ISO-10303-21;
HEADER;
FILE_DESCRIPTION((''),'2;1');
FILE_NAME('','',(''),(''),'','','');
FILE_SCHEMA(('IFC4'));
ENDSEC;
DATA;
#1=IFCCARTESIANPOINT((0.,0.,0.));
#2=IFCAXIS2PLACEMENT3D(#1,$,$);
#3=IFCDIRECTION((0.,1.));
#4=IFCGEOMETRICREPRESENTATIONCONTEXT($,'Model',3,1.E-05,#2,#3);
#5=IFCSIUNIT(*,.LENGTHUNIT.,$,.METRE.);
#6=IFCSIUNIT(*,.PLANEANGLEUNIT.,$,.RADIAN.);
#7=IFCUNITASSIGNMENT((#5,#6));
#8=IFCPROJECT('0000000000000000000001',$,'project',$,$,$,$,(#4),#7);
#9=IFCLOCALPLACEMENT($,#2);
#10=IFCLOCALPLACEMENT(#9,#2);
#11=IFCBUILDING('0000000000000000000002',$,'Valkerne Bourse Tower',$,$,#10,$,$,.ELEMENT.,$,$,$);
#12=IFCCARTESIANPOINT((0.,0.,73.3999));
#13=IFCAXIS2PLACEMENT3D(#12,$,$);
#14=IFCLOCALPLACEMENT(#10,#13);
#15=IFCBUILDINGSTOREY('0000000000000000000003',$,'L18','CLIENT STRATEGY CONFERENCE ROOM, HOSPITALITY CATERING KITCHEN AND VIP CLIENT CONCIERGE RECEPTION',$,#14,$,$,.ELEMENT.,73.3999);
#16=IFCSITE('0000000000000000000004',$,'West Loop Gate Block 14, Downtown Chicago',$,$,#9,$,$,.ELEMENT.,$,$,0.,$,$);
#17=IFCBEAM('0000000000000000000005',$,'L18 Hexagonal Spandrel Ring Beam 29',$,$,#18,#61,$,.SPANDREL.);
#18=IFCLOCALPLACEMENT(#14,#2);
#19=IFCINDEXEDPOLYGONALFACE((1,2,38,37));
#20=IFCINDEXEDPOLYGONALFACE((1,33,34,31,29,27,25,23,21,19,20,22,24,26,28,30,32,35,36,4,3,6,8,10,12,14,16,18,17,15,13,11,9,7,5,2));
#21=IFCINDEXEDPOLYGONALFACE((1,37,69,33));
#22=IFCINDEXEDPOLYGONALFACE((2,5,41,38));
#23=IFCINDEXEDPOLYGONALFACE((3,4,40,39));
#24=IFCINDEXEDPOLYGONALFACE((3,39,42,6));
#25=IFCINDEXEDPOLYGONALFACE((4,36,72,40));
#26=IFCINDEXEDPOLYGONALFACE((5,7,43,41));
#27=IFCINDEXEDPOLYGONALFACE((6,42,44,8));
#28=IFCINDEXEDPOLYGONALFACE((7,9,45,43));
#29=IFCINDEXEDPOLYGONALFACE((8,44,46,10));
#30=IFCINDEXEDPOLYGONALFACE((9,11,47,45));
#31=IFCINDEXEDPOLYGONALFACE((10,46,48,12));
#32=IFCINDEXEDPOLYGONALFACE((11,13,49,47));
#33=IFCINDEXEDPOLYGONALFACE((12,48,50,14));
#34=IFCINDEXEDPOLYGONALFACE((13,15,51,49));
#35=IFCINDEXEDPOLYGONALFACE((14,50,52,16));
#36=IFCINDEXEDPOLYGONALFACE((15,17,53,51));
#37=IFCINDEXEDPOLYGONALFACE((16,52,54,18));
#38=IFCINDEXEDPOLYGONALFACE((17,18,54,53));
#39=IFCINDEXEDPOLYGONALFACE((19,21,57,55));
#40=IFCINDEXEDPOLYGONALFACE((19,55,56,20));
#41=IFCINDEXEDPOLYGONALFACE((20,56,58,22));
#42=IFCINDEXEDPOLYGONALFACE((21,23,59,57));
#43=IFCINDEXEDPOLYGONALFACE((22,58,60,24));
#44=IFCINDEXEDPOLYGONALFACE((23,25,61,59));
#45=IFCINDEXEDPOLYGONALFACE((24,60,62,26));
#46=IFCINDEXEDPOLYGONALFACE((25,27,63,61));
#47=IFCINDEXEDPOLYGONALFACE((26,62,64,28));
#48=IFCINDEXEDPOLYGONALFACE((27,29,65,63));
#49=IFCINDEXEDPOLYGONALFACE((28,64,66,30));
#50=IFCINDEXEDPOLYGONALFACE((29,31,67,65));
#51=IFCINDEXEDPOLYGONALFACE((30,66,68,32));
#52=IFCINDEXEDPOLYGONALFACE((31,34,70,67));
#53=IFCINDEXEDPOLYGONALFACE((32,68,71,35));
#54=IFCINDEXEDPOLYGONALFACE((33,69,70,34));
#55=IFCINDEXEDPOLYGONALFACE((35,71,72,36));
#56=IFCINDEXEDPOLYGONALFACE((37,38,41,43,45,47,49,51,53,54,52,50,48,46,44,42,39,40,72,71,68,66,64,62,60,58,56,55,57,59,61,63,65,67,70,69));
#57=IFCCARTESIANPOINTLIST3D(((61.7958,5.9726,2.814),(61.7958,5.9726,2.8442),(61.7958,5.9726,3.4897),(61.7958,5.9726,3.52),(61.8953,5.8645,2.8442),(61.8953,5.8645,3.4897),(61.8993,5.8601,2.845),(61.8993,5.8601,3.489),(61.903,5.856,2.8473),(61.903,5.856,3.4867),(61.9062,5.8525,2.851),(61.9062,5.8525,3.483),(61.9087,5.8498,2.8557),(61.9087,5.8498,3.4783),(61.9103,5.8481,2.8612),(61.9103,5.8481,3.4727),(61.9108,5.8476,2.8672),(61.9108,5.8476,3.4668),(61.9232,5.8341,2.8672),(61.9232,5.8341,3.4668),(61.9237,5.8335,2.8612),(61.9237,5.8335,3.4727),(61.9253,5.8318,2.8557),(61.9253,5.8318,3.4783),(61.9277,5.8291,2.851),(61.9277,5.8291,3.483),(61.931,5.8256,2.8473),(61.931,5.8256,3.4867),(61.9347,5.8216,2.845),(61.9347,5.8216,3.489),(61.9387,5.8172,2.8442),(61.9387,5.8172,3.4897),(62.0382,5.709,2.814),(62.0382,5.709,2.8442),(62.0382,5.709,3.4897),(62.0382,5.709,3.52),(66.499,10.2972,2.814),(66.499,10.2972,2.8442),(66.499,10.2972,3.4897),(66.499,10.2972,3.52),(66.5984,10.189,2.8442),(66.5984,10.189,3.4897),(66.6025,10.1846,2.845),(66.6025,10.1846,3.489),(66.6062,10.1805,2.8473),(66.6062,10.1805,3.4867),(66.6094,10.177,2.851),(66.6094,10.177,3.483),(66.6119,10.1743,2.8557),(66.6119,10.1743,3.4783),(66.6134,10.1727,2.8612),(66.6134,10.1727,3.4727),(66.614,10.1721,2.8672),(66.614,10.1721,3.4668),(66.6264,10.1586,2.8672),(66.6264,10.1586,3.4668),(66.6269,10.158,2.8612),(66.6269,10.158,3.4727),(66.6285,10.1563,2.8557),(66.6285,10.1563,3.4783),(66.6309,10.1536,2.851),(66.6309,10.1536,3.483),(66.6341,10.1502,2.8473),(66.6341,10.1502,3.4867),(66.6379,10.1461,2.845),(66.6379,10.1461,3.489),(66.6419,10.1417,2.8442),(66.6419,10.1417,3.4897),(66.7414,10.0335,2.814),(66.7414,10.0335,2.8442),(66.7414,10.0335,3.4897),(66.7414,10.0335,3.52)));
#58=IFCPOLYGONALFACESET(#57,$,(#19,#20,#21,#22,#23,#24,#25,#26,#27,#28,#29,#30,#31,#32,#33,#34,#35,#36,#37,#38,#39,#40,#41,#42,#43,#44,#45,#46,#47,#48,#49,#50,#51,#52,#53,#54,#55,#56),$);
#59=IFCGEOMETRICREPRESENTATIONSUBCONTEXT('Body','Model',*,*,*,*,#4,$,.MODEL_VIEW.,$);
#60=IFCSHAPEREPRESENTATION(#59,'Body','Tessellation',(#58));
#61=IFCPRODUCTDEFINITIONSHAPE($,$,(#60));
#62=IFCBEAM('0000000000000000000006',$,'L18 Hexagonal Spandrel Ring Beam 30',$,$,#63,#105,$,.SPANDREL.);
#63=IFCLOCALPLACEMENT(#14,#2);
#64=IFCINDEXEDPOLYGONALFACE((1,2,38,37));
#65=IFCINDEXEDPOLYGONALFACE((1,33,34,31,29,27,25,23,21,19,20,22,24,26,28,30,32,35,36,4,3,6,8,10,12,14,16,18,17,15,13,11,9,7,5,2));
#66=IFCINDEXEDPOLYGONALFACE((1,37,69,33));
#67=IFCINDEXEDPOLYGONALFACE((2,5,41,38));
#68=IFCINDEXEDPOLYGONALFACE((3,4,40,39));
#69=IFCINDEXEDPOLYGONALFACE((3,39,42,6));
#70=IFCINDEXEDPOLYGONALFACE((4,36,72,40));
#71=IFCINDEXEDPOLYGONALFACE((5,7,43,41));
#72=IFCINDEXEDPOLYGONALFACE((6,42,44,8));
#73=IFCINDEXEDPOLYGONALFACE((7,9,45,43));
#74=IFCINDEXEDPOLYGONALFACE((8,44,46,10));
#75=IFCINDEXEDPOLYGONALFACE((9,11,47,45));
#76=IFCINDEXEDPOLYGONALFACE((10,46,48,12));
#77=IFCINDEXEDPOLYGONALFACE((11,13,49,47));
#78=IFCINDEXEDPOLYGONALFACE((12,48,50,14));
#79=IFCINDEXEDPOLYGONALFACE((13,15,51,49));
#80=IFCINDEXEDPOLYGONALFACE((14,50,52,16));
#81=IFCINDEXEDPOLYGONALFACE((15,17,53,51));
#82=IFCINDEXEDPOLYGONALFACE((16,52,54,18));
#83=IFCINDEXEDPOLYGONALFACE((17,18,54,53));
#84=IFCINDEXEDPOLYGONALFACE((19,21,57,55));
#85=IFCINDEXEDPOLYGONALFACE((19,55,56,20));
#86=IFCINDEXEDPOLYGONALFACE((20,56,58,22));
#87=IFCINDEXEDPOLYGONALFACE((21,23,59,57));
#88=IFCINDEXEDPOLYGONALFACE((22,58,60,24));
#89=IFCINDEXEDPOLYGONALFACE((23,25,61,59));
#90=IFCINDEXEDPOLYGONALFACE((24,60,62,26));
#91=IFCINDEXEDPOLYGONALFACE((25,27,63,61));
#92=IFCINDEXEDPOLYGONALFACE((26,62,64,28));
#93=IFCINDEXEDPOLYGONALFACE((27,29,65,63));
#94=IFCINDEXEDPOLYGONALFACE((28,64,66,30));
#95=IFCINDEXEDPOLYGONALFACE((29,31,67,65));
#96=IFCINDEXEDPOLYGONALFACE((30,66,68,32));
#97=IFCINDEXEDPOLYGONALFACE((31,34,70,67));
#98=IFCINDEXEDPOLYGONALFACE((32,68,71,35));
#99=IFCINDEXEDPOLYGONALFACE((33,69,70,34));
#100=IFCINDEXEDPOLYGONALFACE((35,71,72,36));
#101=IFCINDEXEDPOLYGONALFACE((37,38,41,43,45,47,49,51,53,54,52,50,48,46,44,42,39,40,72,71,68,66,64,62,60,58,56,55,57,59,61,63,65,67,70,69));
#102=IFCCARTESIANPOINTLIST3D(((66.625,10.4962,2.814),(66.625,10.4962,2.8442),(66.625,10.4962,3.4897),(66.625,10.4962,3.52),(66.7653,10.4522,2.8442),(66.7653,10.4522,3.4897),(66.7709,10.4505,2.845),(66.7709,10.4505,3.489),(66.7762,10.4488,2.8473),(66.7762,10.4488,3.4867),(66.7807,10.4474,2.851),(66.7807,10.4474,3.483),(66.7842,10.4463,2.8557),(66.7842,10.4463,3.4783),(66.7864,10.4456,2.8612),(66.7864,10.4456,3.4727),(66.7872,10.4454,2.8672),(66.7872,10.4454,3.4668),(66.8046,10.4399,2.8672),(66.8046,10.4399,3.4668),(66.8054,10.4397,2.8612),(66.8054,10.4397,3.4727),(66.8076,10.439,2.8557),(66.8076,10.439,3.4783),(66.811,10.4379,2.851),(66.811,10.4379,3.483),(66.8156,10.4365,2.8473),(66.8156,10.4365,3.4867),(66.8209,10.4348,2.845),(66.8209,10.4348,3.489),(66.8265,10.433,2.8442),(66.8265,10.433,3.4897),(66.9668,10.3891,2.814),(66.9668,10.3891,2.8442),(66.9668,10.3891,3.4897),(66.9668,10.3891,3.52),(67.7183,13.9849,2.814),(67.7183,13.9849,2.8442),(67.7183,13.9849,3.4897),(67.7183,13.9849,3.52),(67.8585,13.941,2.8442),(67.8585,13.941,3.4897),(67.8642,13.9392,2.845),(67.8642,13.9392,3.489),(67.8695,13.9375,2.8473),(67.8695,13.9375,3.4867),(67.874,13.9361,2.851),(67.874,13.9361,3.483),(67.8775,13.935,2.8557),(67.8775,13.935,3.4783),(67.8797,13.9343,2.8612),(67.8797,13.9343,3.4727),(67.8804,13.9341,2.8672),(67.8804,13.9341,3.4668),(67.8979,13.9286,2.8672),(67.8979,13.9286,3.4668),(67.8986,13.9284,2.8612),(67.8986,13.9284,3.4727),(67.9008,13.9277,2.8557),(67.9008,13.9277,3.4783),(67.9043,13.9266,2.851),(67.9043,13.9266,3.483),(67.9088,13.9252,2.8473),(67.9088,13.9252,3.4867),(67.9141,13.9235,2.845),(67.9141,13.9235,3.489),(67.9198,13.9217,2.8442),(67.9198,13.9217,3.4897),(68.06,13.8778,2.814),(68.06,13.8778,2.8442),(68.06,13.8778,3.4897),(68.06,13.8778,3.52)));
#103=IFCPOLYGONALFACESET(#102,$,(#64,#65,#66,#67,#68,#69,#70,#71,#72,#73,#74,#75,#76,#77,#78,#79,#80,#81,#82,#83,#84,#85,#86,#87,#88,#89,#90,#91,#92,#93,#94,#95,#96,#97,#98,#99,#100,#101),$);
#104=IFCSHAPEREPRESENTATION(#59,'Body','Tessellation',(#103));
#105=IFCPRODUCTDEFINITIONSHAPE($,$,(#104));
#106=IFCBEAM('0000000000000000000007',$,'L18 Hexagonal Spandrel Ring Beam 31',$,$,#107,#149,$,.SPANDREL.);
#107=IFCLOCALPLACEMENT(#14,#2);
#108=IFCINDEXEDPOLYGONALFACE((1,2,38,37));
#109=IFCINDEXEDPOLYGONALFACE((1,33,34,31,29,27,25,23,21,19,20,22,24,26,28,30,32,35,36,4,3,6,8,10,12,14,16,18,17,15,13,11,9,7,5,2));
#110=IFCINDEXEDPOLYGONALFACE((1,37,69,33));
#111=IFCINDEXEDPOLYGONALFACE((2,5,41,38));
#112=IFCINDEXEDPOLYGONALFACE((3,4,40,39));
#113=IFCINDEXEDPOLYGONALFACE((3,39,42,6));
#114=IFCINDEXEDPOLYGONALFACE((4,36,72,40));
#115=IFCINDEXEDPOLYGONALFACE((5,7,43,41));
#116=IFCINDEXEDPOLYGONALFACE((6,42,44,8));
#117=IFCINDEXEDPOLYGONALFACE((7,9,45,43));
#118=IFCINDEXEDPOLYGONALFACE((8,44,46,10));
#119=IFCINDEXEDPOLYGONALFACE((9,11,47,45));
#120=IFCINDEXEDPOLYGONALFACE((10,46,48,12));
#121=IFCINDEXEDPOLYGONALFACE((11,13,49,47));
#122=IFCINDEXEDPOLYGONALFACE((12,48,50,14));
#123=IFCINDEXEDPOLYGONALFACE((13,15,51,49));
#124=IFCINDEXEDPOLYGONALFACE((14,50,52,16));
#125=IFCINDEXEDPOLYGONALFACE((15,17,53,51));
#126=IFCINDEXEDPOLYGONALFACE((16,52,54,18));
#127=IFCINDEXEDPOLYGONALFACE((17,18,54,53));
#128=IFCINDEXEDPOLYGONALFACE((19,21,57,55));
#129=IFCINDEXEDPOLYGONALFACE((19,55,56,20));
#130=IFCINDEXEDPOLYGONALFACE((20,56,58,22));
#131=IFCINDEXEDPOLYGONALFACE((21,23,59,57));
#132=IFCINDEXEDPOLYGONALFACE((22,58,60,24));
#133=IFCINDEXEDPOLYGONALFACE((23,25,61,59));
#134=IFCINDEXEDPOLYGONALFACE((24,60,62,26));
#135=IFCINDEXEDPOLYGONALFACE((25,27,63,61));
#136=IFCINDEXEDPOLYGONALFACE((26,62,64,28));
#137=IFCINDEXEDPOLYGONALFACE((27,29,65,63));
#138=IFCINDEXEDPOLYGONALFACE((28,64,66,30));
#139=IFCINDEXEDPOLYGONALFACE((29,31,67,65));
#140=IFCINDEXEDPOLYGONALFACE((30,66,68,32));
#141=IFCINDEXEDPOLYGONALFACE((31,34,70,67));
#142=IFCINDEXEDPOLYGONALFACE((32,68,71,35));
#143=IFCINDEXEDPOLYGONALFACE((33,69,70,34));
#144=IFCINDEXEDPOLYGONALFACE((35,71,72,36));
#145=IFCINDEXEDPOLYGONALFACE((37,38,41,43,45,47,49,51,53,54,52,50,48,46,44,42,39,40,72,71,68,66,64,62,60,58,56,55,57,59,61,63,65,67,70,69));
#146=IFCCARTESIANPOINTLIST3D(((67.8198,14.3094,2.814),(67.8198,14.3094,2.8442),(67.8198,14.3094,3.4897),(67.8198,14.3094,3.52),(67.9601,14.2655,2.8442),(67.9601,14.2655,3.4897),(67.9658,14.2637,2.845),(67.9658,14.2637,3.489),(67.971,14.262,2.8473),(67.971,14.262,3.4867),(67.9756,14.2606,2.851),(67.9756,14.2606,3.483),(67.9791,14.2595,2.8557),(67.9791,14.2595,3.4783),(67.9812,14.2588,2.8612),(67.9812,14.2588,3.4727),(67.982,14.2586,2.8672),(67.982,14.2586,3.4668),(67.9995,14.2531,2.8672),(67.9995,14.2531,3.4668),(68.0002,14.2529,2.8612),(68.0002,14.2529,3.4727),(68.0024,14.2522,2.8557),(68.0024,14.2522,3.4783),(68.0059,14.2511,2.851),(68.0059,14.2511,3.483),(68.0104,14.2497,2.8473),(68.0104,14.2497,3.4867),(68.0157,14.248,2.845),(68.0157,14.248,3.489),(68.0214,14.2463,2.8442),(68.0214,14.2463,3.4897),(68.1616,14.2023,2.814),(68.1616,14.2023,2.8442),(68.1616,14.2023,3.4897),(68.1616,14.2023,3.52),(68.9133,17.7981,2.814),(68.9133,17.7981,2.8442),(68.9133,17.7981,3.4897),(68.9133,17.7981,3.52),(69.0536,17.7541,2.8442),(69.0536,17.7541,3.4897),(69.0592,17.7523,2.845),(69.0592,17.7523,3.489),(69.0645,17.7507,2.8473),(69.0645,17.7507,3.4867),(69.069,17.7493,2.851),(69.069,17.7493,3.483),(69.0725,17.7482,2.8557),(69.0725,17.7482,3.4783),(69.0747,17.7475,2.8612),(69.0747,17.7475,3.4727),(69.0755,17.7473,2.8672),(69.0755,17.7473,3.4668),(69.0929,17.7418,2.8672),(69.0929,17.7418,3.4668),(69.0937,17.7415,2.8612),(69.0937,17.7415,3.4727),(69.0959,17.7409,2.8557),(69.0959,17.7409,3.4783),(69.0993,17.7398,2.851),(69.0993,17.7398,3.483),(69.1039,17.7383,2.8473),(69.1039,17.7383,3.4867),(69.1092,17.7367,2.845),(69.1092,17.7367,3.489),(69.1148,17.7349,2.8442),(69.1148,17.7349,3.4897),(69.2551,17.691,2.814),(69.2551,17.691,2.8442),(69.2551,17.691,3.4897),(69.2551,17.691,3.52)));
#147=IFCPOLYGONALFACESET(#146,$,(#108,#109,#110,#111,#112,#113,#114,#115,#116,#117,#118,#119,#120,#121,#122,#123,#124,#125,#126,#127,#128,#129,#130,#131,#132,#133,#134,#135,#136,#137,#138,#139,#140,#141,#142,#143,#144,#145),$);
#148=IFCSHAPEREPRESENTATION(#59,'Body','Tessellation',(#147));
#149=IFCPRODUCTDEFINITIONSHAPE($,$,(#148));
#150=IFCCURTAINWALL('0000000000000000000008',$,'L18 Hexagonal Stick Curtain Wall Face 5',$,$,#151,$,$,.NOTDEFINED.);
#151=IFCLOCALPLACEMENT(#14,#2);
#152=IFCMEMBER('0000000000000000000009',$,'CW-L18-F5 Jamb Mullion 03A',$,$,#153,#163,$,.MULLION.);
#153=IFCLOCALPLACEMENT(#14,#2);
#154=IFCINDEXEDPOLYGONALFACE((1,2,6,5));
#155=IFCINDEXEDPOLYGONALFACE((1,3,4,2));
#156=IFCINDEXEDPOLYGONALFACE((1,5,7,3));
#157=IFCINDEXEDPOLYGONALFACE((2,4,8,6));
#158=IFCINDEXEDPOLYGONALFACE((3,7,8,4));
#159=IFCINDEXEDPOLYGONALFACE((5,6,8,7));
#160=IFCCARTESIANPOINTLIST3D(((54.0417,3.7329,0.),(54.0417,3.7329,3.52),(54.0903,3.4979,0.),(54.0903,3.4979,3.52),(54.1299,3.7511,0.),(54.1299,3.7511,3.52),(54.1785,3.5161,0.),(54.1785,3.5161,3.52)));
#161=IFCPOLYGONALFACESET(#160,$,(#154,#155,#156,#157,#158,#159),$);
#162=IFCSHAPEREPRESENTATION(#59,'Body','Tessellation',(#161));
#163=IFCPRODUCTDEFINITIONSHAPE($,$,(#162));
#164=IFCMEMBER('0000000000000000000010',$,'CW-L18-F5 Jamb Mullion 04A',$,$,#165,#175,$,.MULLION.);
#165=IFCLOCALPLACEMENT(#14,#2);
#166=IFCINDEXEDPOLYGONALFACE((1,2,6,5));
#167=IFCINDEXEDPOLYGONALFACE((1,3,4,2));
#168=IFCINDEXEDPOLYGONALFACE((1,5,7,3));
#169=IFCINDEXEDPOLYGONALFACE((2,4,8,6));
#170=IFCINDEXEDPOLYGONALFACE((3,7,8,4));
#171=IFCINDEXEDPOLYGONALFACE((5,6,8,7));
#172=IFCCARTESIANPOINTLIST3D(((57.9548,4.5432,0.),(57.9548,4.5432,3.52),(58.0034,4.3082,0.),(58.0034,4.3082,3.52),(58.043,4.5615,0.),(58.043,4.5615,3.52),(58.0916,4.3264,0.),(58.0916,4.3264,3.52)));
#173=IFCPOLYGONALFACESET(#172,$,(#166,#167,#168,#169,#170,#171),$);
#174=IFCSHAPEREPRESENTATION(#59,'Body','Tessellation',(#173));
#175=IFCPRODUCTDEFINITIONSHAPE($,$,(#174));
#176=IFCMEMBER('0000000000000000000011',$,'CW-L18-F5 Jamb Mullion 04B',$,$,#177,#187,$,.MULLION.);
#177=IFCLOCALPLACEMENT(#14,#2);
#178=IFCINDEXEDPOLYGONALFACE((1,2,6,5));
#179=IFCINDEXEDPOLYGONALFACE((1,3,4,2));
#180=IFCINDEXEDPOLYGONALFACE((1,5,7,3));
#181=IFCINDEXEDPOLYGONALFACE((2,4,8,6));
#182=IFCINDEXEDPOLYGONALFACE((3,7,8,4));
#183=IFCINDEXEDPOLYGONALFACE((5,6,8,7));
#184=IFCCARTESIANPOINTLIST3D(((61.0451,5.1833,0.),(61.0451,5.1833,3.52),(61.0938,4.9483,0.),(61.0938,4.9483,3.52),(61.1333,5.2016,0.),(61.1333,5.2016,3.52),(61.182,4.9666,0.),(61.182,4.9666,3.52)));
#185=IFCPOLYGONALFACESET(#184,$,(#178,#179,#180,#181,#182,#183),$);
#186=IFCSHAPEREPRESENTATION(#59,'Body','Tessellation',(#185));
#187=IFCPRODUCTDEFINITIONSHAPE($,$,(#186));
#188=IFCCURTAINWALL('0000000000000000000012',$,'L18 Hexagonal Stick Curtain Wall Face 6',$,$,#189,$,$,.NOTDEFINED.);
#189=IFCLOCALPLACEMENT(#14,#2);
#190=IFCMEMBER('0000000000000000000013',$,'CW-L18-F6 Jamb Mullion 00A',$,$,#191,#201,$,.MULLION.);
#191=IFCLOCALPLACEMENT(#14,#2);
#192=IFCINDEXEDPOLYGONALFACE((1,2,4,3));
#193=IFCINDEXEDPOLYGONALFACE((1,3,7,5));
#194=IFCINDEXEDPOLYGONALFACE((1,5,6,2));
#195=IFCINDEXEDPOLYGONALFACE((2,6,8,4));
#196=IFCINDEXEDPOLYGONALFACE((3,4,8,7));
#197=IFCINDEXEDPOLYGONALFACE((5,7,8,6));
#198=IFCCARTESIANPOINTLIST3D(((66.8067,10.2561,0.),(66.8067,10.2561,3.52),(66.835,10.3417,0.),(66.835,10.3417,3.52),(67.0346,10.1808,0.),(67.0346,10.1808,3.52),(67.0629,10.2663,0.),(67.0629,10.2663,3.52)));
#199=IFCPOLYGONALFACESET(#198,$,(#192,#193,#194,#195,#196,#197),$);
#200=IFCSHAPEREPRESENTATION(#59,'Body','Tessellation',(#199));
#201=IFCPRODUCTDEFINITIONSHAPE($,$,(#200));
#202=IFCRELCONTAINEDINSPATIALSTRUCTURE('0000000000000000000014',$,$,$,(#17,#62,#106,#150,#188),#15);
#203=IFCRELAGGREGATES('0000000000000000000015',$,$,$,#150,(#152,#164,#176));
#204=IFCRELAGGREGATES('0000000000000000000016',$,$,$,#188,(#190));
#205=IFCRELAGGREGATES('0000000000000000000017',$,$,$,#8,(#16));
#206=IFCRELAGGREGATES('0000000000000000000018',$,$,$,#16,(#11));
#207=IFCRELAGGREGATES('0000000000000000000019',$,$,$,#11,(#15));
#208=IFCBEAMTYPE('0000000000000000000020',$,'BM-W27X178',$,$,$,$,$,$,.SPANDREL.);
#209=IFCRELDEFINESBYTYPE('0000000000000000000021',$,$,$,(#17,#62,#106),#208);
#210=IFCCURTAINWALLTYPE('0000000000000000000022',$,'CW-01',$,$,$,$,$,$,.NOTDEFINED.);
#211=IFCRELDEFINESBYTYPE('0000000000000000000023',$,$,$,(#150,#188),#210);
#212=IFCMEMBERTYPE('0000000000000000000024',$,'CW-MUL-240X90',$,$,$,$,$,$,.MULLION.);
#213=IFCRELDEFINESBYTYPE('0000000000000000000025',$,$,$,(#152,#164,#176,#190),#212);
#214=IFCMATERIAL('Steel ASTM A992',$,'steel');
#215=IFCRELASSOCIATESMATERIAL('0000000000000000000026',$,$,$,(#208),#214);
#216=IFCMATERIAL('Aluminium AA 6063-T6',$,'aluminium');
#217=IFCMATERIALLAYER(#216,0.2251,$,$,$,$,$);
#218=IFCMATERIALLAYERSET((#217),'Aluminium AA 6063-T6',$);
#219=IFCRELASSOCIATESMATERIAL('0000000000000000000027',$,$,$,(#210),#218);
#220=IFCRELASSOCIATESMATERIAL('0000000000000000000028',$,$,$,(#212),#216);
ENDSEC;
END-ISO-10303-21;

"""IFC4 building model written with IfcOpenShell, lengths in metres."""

from ifc_helpers import new_model, si_unit, direction, frame, origin, origin_2d, place, context, subcontext, project, spatial, rectangle, i_section, extrude, material, layer, layer_set, material_profile, profile_set, type_object, element, aggregate, save


model = new_model("IFC4")

# Units and contexts
model_context = context("Model", 3, precision=1e-05, world=origin(), true_north=direction((0.0, 1.0)))
body_context = subcontext(model_context, "Body", "Model", "MODEL_VIEW")
ifc_project = project(units=[si_unit("LENGTHUNIT", "METRE"), si_unit("PLANEANGLEUNIT", "RADIAN")], contexts=[model_context])

# Site, building, storey
site_placement = place(None, origin())
site = spatial("IfcSite", under=ifc_project, at=site_placement, Name="West Loop Gate Block 14, Downtown Chicago", CompositionType="ELEMENT", RefElevation=0.0)
building_placement = place(site_placement, origin())
building = spatial("IfcBuilding", under=site, at=building_placement, Name="Valkerne Bourse Tower", CompositionType="ELEMENT")
storey_placement = place(building_placement, frame((0.0, 0.0, 73.3999)))
storey = spatial("IfcBuildingStorey", under=building, at=storey_placement, Name="L18", Description="CLIENT STRATEGY CONFERENCE ROOM, HOSPITALITY CATERING KITCHEN AND VIP CLIENT CONCIERGE RECEPTION", CompositionType="ELEMENT", Elevation=73.3999)

# Beams
ifc_material_1 = material(Name="Steel ASTM A992", Category="steel")
ifc_material_profile_1 = material_profile(ifc_material_1, i_section(OverallWidth=0.3582, OverallDepth=0.7061, WebThickness=0.0183, FlangeThickness=0.0303, FilletRadius=0.0229, at=origin_2d()), Name="W27X178")
ifc_profile_set_1 = profile_set([ifc_material_profile_1], Name="Steel ASTM A992")
beam_type = type_object("IfcBeamType", Name="BM-W27X178", PredefinedType="SPANDREL", material=ifc_profile_set_1)
beam_placement = place(storey_placement, frame((61.917, 5.8408, 3.167), z_axis=(0.736119, 0.676852, 0.0), x_axis=(-0.676852, 0.736119, 0.0)))
element("IfcBeam", 1, at=beam_placement, inside=storey, type_object=beam_type, Name="L18 Hexagonal Spandrel Ring Beam 29", PredefinedType="SPANDREL", context=body_context, shape_type="SweptSolid", body=[
    extrude(i_section(OverallWidth=0.3582, OverallDepth=0.7061, WebThickness=0.0183, FlangeThickness=0.0303, FilletRadius=0.0229, at=origin_2d()), origin(), (0.0, 0.0, 1.0), 6.3892),
])
for number, where, z_axis, x_axis, name in (
    (2, (66.7959, 10.4426, 3.167), (0.299028, 0.954244, 0.0), (-0.954244, 0.299028, 0.0), "L18 Hexagonal Spandrel Ring Beam 30"),
    (3, (67.9907, 14.2559, 3.167), (0.299089, 0.954225, 0.0), (-0.954225, 0.299089, 0.0), "L18 Hexagonal Spandrel Ring Beam 31"),
):
    element("IfcBeam", number, at=place(storey_placement, frame(where, z_axis=z_axis, x_axis=x_axis)), inside=storey, type_object=beam_type, Name=name, PredefinedType="SPANDREL", context=body_context, shape_type="SweptSolid", body=[
        extrude(i_section(OverallWidth=0.3582, OverallDepth=0.7061, WebThickness=0.0183, FlangeThickness=0.0303, FilletRadius=0.0229, at=origin_2d()), origin(), (0.0, 0.0, 1.0), 3.656),
    ])

# Curtain walls, members
ifc_material_2 = material(Name="Aluminium AA 6063-T6", Category="aluminium")
ifc_layer_1 = layer(ifc_material_2, 0.2251)
ifc_layer_set_1 = layer_set([ifc_layer_1], Name="Aluminium AA 6063-T6")
curtain_wall_type = type_object("IfcCurtainWallType", Name="CW-01", PredefinedType="NOTDEFINED", material=ifc_layer_set_1)
curtain_wall_1_placement = place(storey_placement, origin())
curtain_wall_1 = element("IfcCurtainWall", 4, at=curtain_wall_1_placement, inside=storey, type_object=curtain_wall_type, Name="L18 Hexagonal Stick Curtain Wall Face 5", PredefinedType="NOTDEFINED")
ifc_material_profile_2 = material_profile(ifc_material_2, rectangle(XDim=0.0901, YDim=0.24, at=origin_2d()), Name="CWM-90X240")
ifc_profile_set_2 = profile_set([ifc_material_profile_2], Name="Aluminium AA 6063-T6")
member_type_1 = type_object("IfcMemberType", Name="CW-MUL-240X90", PredefinedType="MULLION", material=ifc_profile_set_2)
member_1_placement = place(storey_placement, frame((54.1101, 3.6245, 0.0), z_axis=(0.0, 0.0, 1.0), x_axis=(0.979225, 0.202777, 0.0)))
member_1 = element("IfcMember", 5, at=member_1_placement, type_object=member_type_1, Name="CW-L18-F5 Jamb Mullion 03A", PredefinedType="MULLION", context=body_context, shape_type="SweptSolid", body=[
    extrude(rectangle(XDim=0.0901, YDim=0.24, at=origin_2d()), origin(), (0.0, 0.0, 1.0), 3.52),
])
member_2_placement = place(storey_placement, frame((58.0232, 4.4348, 0.0), z_axis=(0.0, 0.0, 1.0), x_axis=(0.97922, 0.202801, 0.0)))
member_2 = element("IfcMember", 6, at=member_2_placement, type_object=member_type_1, Name="CW-L18-F5 Jamb Mullion 04A", PredefinedType="MULLION", context=body_context, shape_type="SweptSolid", body=[
    extrude(rectangle(XDim=0.0901, YDim=0.24, at=origin_2d()), origin(), (0.0, 0.0, 1.0), 3.52),
])
member_3_placement = place(storey_placement, frame((61.1135, 5.075, 0.0), z_axis=(0.0, 0.0, 1.0), x_axis=(0.97922, 0.202801, 0.0)))
member_3 = element("IfcMember", 7, at=member_3_placement, type_object=member_type_1, Name="CW-L18-F5 Jamb Mullion 04B", PredefinedType="MULLION", context=body_context, shape_type="SweptSolid", body=[
    extrude(rectangle(XDim=0.0901, YDim=0.24, at=origin_2d()), origin(), (0.0, 0.0, 1.0), 3.52),
])
curtain_wall_2_placement = place(storey_placement, origin())
curtain_wall_2 = element("IfcCurtainWall", 8, at=curtain_wall_2_placement, inside=storey, type_object=curtain_wall_type, Name="L18 Hexagonal Stick Curtain Wall Face 6", PredefinedType="NOTDEFINED")
member_4_placement = place(storey_placement, frame((66.9348, 10.2612, 0.0), z_axis=(0.0, 0.0, 1.0), x_axis=(0.31399, 0.949426, 0.0)))
member_4 = element("IfcMember", 9, at=member_4_placement, type_object=member_type_1, Name="CW-L18-F6 Jamb Mullion 00A", PredefinedType="MULLION", context=body_context, shape_type="SweptSolid", body=[
    extrude(rectangle(XDim=0.0901, YDim=0.24, at=origin_2d()), origin(), (0.0, 0.0, 1.0), 3.52),
])

aggregate(curtain_wall_1, [member_1, member_2, member_3])
aggregate(curtain_wall_2, [member_4])

save(model, "model.ifc")
